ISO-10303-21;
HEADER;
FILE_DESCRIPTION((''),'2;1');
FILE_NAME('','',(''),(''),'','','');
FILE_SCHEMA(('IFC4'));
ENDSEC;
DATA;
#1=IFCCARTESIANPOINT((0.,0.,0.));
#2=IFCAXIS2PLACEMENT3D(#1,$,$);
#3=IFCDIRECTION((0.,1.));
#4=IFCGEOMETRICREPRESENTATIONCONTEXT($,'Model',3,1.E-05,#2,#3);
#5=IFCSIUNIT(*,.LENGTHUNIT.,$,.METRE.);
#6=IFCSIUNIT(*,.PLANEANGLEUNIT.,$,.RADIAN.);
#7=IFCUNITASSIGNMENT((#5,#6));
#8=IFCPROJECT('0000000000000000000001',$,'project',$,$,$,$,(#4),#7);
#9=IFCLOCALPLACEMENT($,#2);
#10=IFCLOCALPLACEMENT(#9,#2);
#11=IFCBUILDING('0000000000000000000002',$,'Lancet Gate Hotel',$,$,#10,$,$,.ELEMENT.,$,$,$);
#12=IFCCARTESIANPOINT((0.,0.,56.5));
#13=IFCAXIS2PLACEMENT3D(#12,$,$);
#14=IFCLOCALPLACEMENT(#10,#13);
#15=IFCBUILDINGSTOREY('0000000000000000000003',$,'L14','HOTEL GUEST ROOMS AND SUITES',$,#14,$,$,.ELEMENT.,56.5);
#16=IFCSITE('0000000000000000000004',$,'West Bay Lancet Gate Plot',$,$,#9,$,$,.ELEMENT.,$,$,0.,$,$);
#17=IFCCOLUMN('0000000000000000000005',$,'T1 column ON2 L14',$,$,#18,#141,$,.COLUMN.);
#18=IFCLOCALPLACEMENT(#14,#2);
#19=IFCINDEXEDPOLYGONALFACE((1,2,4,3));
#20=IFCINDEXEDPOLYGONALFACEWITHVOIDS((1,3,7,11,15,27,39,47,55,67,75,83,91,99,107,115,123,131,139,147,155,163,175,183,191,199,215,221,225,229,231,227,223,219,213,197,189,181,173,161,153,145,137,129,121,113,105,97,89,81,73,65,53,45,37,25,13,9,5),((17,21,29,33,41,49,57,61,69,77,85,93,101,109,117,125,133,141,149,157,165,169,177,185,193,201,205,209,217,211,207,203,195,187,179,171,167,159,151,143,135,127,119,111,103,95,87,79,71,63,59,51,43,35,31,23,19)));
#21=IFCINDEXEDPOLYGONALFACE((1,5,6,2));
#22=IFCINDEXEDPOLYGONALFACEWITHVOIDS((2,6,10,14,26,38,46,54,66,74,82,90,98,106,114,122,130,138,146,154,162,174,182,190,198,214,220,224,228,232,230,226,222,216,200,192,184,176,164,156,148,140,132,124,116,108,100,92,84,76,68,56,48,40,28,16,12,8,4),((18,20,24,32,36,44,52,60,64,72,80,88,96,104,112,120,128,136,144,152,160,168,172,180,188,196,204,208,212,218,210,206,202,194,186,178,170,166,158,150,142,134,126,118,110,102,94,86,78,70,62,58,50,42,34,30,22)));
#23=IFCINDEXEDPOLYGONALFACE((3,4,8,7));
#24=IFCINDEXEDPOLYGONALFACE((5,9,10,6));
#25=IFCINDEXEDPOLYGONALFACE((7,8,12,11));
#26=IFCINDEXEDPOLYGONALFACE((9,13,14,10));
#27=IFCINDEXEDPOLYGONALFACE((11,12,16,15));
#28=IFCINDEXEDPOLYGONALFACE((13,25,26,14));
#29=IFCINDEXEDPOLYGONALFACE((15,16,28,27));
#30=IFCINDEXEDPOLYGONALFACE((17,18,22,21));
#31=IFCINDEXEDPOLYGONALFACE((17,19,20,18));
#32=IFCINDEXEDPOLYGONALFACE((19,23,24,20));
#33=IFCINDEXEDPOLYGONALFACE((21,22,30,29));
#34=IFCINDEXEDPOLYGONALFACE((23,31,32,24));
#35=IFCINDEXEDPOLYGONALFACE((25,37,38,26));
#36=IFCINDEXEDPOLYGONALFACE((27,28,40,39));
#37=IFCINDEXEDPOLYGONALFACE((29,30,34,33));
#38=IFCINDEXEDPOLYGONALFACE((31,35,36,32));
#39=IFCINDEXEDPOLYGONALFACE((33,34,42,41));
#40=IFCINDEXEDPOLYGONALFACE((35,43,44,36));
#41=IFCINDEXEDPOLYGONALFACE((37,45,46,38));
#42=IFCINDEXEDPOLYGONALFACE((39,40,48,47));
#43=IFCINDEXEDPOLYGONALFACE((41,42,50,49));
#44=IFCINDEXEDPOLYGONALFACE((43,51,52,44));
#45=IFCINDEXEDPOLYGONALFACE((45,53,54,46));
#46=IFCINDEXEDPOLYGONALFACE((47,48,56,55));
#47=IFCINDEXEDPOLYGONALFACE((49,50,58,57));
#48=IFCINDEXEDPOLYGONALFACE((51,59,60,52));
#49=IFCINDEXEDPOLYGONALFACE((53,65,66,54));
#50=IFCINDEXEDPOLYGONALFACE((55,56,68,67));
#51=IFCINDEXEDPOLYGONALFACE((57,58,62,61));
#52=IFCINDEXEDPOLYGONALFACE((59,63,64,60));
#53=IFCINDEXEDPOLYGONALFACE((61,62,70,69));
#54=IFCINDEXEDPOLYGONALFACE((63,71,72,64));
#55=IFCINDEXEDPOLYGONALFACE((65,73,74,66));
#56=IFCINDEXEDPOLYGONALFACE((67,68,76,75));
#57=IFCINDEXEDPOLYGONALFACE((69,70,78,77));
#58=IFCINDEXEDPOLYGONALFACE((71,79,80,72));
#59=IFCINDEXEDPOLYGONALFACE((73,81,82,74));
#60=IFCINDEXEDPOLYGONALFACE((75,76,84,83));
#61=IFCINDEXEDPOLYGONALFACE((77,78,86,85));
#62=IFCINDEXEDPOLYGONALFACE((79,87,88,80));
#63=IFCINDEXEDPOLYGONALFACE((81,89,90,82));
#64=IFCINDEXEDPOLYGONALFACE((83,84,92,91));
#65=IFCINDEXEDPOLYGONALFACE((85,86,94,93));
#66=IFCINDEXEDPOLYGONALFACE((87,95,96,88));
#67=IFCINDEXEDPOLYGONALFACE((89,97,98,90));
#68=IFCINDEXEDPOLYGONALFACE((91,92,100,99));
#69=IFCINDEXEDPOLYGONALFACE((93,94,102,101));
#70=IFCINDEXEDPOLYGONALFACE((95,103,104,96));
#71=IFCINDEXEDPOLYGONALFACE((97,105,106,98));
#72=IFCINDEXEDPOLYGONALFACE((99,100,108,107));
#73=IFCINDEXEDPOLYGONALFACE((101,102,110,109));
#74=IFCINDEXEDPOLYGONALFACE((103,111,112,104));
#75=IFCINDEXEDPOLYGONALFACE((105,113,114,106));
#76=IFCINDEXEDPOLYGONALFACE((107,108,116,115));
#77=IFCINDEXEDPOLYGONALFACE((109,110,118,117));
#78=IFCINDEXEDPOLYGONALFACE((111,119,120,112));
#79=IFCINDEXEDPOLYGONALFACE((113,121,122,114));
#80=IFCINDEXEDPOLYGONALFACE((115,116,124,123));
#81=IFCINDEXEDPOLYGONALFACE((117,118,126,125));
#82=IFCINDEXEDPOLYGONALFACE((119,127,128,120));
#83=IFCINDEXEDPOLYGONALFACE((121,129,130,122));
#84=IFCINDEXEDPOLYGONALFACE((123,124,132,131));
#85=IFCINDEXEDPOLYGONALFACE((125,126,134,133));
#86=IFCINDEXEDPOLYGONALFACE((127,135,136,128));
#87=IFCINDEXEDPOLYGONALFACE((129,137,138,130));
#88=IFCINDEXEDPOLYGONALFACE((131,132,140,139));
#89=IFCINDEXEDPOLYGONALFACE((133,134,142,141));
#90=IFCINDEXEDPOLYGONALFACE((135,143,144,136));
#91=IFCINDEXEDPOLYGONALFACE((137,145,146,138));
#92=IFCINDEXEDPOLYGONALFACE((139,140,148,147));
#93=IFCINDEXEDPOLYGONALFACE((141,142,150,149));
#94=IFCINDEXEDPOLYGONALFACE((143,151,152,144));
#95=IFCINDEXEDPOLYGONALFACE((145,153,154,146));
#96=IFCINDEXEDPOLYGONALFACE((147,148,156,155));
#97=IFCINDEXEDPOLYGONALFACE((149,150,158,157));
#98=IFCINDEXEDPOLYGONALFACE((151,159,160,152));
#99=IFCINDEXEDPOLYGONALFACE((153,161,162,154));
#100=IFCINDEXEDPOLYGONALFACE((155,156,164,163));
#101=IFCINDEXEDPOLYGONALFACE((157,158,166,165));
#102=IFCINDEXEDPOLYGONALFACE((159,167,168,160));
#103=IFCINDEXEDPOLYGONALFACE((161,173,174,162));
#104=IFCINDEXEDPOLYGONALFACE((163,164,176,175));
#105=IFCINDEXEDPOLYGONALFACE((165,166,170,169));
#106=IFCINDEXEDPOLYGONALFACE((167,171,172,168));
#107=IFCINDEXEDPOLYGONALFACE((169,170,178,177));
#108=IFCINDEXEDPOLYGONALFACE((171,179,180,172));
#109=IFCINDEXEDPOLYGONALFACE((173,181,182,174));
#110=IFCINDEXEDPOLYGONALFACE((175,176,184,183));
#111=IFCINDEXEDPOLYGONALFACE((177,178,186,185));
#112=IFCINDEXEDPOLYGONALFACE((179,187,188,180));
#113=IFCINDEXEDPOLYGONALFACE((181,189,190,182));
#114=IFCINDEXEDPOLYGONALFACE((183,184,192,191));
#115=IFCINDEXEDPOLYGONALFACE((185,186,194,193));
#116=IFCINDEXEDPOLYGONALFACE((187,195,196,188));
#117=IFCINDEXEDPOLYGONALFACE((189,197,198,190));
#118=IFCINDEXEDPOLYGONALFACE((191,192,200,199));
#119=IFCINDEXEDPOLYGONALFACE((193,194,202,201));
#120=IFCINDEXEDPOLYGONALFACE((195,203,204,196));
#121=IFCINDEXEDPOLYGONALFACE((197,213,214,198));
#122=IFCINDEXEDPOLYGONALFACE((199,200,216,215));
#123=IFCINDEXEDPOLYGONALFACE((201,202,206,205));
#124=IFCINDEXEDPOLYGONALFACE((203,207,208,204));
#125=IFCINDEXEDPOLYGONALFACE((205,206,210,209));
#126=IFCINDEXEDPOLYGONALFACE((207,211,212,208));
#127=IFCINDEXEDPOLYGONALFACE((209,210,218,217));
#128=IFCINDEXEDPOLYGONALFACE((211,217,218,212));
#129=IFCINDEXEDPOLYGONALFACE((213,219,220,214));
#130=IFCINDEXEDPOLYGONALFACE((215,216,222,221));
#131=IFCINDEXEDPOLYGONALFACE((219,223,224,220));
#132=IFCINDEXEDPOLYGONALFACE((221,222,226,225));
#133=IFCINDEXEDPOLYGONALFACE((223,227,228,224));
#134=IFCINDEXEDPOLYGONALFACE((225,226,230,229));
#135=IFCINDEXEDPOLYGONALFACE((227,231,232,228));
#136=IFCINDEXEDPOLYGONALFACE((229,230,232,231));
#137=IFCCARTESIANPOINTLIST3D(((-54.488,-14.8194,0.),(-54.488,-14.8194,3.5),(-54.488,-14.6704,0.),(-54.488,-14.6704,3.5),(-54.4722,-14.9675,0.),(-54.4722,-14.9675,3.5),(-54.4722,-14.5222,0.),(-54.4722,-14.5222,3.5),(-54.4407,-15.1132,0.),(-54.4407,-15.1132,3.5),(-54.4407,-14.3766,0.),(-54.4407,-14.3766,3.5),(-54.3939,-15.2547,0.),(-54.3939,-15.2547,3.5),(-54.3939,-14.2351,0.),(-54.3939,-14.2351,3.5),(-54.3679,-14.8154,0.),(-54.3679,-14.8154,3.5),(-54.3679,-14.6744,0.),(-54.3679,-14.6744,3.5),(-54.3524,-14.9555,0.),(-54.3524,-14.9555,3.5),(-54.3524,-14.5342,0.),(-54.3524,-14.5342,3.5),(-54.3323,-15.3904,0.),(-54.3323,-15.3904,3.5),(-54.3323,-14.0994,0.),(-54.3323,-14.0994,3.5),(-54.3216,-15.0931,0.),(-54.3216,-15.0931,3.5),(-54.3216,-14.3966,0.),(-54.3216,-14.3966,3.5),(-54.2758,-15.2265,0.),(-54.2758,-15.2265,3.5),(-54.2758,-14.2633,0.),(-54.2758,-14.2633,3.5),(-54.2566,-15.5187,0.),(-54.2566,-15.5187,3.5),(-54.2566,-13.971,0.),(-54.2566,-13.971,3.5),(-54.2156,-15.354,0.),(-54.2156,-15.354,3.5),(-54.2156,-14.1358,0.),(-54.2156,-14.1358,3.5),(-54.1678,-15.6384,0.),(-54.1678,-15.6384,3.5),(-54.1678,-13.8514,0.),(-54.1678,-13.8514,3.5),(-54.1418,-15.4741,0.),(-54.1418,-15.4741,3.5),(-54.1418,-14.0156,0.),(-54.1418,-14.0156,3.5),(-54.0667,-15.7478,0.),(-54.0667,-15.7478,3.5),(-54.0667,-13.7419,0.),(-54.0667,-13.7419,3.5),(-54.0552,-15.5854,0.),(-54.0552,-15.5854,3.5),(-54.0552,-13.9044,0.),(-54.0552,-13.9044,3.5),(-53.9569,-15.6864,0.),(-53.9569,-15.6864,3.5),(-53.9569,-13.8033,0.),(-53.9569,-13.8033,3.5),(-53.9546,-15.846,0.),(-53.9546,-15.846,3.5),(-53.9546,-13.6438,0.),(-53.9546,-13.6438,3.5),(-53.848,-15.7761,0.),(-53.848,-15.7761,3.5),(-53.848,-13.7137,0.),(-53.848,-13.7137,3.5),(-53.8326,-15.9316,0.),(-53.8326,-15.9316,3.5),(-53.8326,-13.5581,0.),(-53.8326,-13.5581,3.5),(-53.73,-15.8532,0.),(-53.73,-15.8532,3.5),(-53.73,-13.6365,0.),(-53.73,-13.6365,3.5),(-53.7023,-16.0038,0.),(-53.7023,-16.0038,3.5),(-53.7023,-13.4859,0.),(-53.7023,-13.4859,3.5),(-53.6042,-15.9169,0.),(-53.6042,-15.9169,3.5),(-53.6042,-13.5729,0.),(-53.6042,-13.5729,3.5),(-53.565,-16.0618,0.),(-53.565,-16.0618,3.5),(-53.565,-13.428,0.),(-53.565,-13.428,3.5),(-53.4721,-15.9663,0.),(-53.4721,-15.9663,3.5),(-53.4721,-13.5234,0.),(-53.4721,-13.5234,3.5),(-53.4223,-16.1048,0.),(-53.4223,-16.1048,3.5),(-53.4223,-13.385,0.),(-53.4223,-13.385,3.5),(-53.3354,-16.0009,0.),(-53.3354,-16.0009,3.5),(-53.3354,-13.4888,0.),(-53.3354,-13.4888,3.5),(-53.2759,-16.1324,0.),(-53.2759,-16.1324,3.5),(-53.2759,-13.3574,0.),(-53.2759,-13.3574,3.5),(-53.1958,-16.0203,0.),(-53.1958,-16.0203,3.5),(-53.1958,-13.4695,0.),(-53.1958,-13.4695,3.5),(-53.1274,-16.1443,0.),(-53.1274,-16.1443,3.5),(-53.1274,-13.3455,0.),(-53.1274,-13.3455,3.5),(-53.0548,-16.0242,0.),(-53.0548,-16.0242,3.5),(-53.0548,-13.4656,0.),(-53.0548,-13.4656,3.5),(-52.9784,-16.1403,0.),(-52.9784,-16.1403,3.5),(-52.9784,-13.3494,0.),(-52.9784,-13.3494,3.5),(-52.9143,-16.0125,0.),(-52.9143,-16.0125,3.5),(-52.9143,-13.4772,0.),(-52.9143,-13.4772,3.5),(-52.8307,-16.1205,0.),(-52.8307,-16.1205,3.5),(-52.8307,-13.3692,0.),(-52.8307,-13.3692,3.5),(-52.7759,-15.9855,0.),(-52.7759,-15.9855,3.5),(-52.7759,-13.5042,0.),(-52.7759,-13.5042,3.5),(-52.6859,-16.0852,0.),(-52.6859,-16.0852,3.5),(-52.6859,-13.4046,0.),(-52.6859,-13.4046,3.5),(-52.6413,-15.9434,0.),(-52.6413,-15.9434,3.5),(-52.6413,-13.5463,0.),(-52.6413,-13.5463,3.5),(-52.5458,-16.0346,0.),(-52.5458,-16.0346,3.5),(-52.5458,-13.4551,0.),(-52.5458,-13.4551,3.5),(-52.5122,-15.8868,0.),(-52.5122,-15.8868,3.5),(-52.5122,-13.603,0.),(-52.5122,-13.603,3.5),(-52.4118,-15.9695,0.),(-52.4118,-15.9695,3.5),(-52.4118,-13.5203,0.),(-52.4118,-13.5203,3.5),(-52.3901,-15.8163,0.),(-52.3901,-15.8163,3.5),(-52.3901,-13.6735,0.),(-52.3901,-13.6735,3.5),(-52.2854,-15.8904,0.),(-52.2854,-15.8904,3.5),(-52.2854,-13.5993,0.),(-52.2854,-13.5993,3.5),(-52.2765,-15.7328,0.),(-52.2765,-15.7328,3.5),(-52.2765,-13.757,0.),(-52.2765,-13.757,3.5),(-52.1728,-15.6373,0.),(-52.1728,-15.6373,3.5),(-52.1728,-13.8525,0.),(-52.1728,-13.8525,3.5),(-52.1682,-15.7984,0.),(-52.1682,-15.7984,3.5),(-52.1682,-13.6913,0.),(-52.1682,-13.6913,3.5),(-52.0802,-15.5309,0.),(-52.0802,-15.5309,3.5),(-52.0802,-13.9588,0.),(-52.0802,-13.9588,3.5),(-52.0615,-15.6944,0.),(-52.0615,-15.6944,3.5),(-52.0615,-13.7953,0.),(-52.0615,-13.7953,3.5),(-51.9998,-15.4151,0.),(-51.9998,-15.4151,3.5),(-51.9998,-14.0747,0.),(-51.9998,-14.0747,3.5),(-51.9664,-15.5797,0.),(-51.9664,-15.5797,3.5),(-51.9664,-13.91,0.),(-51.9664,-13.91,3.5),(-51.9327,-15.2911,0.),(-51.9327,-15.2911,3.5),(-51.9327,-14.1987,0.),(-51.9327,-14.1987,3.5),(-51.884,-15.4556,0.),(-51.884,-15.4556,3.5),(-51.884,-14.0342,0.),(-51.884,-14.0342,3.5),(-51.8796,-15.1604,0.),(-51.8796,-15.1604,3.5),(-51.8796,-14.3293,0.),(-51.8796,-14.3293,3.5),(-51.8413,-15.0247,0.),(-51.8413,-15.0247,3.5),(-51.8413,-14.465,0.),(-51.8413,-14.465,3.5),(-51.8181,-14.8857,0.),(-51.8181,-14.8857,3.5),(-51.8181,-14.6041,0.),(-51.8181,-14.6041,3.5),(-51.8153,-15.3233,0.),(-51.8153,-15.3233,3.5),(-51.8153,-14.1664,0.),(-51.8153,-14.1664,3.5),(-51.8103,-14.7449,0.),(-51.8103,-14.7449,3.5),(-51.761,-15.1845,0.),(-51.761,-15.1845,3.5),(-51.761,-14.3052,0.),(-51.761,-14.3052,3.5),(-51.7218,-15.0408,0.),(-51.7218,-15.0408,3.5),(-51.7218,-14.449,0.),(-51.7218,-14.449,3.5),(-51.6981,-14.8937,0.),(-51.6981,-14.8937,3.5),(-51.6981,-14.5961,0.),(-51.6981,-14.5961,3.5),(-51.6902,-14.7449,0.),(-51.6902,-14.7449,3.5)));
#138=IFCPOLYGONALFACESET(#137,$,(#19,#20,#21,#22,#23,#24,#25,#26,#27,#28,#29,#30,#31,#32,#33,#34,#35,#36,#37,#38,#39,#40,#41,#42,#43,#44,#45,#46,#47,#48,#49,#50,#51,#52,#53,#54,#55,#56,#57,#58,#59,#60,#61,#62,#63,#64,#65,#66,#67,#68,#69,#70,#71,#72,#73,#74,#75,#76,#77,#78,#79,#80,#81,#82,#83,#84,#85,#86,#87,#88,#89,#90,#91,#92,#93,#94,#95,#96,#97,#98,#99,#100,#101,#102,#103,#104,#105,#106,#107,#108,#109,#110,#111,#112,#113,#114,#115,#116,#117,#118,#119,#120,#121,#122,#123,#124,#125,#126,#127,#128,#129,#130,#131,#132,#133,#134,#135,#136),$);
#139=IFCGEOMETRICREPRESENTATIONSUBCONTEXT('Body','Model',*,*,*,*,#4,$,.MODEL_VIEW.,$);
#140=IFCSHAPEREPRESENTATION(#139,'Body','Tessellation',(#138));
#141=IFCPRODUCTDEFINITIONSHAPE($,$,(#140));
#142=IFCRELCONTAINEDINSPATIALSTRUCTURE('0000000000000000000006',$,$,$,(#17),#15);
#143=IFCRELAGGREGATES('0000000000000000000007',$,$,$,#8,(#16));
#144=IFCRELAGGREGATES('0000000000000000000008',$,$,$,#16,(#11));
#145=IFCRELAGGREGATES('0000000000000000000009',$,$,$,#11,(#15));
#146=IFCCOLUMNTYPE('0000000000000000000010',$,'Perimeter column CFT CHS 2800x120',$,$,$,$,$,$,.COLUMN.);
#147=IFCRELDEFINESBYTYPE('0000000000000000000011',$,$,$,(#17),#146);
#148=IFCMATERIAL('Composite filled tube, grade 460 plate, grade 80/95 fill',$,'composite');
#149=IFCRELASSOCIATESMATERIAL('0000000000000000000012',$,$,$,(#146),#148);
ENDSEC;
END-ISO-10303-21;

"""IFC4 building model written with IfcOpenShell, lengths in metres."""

from ifc_helpers import new_model, si_unit, direction, frame, origin, origin_2d, place, context, subcontext, project, spatial, hollow_circle, extrude, material, material_profile, profile_set, type_object, element, save


model = new_model("IFC4")

# Units and contexts
model_context = context("Model", 3, precision=1e-05, world=origin(), true_north=direction((0.0, 1.0)))
body_context = subcontext(model_context, "Body", "Model", "MODEL_VIEW")
ifc_project = project(units=[si_unit("LENGTHUNIT", "METRE"), si_unit("PLANEANGLEUNIT", "RADIAN")], contexts=[model_context])

# Site, building, storey
site_placement = place(None, origin())
site = spatial("IfcSite", under=ifc_project, at=site_placement, Name="West Bay Lancet Gate Plot", CompositionType="ELEMENT", RefElevation=0.0)
building_placement = place(site_placement, origin())
building = spatial("IfcBuilding", under=site, at=building_placement, Name="Lancet Gate Hotel", CompositionType="ELEMENT")
storey_placement = place(building_placement, frame((0.0, 0.0, 56.5)))
storey = spatial("IfcBuildingStorey", under=building, at=storey_placement, Name="L14", Description="HOTEL GUEST ROOMS AND SUITES", CompositionType="ELEMENT", Elevation=56.5)

# Column
ifc_material_1 = material(Name="Composite filled tube, grade 460 plate, grade 80/95 fill", Category="composite")
ifc_material_profile_1 = material_profile(ifc_material_1, hollow_circle(Radius=1.3999, WallThickness=0.1201, at=origin_2d()), Name="CHS 2800x120")
ifc_profile_set_1 = profile_set([ifc_material_profile_1], Name="Composite filled tube, grade 460 plate, grade 80/95 fill")
column_type = type_object("IfcColumnType", Name="Perimeter column CFT CHS 2800x120", PredefinedType="COLUMN", material=ifc_profile_set_1)
for number, where, z_axis, x_axis, name in (
    (1, (-53.0901, -14.7449, 0.0), (0.0, 0.0, 1.0), (1.0, 0.0, 0.0), "T1 column ON2 L14"),
):
    element("IfcColumn", number, at=place(storey_placement, frame(where, z_axis=z_axis, x_axis=x_axis)), inside=storey, type_object=column_type, Name=name, PredefinedType="COLUMN", context=body_context, shape_type="SweptSolid", body=[
        extrude(hollow_circle(Radius=1.3999, WallThickness=0.1201, at=origin_2d()), origin(), (0.0, 0.0, 1.0), 3.5),
    ])

save(model, "model.ifc")
